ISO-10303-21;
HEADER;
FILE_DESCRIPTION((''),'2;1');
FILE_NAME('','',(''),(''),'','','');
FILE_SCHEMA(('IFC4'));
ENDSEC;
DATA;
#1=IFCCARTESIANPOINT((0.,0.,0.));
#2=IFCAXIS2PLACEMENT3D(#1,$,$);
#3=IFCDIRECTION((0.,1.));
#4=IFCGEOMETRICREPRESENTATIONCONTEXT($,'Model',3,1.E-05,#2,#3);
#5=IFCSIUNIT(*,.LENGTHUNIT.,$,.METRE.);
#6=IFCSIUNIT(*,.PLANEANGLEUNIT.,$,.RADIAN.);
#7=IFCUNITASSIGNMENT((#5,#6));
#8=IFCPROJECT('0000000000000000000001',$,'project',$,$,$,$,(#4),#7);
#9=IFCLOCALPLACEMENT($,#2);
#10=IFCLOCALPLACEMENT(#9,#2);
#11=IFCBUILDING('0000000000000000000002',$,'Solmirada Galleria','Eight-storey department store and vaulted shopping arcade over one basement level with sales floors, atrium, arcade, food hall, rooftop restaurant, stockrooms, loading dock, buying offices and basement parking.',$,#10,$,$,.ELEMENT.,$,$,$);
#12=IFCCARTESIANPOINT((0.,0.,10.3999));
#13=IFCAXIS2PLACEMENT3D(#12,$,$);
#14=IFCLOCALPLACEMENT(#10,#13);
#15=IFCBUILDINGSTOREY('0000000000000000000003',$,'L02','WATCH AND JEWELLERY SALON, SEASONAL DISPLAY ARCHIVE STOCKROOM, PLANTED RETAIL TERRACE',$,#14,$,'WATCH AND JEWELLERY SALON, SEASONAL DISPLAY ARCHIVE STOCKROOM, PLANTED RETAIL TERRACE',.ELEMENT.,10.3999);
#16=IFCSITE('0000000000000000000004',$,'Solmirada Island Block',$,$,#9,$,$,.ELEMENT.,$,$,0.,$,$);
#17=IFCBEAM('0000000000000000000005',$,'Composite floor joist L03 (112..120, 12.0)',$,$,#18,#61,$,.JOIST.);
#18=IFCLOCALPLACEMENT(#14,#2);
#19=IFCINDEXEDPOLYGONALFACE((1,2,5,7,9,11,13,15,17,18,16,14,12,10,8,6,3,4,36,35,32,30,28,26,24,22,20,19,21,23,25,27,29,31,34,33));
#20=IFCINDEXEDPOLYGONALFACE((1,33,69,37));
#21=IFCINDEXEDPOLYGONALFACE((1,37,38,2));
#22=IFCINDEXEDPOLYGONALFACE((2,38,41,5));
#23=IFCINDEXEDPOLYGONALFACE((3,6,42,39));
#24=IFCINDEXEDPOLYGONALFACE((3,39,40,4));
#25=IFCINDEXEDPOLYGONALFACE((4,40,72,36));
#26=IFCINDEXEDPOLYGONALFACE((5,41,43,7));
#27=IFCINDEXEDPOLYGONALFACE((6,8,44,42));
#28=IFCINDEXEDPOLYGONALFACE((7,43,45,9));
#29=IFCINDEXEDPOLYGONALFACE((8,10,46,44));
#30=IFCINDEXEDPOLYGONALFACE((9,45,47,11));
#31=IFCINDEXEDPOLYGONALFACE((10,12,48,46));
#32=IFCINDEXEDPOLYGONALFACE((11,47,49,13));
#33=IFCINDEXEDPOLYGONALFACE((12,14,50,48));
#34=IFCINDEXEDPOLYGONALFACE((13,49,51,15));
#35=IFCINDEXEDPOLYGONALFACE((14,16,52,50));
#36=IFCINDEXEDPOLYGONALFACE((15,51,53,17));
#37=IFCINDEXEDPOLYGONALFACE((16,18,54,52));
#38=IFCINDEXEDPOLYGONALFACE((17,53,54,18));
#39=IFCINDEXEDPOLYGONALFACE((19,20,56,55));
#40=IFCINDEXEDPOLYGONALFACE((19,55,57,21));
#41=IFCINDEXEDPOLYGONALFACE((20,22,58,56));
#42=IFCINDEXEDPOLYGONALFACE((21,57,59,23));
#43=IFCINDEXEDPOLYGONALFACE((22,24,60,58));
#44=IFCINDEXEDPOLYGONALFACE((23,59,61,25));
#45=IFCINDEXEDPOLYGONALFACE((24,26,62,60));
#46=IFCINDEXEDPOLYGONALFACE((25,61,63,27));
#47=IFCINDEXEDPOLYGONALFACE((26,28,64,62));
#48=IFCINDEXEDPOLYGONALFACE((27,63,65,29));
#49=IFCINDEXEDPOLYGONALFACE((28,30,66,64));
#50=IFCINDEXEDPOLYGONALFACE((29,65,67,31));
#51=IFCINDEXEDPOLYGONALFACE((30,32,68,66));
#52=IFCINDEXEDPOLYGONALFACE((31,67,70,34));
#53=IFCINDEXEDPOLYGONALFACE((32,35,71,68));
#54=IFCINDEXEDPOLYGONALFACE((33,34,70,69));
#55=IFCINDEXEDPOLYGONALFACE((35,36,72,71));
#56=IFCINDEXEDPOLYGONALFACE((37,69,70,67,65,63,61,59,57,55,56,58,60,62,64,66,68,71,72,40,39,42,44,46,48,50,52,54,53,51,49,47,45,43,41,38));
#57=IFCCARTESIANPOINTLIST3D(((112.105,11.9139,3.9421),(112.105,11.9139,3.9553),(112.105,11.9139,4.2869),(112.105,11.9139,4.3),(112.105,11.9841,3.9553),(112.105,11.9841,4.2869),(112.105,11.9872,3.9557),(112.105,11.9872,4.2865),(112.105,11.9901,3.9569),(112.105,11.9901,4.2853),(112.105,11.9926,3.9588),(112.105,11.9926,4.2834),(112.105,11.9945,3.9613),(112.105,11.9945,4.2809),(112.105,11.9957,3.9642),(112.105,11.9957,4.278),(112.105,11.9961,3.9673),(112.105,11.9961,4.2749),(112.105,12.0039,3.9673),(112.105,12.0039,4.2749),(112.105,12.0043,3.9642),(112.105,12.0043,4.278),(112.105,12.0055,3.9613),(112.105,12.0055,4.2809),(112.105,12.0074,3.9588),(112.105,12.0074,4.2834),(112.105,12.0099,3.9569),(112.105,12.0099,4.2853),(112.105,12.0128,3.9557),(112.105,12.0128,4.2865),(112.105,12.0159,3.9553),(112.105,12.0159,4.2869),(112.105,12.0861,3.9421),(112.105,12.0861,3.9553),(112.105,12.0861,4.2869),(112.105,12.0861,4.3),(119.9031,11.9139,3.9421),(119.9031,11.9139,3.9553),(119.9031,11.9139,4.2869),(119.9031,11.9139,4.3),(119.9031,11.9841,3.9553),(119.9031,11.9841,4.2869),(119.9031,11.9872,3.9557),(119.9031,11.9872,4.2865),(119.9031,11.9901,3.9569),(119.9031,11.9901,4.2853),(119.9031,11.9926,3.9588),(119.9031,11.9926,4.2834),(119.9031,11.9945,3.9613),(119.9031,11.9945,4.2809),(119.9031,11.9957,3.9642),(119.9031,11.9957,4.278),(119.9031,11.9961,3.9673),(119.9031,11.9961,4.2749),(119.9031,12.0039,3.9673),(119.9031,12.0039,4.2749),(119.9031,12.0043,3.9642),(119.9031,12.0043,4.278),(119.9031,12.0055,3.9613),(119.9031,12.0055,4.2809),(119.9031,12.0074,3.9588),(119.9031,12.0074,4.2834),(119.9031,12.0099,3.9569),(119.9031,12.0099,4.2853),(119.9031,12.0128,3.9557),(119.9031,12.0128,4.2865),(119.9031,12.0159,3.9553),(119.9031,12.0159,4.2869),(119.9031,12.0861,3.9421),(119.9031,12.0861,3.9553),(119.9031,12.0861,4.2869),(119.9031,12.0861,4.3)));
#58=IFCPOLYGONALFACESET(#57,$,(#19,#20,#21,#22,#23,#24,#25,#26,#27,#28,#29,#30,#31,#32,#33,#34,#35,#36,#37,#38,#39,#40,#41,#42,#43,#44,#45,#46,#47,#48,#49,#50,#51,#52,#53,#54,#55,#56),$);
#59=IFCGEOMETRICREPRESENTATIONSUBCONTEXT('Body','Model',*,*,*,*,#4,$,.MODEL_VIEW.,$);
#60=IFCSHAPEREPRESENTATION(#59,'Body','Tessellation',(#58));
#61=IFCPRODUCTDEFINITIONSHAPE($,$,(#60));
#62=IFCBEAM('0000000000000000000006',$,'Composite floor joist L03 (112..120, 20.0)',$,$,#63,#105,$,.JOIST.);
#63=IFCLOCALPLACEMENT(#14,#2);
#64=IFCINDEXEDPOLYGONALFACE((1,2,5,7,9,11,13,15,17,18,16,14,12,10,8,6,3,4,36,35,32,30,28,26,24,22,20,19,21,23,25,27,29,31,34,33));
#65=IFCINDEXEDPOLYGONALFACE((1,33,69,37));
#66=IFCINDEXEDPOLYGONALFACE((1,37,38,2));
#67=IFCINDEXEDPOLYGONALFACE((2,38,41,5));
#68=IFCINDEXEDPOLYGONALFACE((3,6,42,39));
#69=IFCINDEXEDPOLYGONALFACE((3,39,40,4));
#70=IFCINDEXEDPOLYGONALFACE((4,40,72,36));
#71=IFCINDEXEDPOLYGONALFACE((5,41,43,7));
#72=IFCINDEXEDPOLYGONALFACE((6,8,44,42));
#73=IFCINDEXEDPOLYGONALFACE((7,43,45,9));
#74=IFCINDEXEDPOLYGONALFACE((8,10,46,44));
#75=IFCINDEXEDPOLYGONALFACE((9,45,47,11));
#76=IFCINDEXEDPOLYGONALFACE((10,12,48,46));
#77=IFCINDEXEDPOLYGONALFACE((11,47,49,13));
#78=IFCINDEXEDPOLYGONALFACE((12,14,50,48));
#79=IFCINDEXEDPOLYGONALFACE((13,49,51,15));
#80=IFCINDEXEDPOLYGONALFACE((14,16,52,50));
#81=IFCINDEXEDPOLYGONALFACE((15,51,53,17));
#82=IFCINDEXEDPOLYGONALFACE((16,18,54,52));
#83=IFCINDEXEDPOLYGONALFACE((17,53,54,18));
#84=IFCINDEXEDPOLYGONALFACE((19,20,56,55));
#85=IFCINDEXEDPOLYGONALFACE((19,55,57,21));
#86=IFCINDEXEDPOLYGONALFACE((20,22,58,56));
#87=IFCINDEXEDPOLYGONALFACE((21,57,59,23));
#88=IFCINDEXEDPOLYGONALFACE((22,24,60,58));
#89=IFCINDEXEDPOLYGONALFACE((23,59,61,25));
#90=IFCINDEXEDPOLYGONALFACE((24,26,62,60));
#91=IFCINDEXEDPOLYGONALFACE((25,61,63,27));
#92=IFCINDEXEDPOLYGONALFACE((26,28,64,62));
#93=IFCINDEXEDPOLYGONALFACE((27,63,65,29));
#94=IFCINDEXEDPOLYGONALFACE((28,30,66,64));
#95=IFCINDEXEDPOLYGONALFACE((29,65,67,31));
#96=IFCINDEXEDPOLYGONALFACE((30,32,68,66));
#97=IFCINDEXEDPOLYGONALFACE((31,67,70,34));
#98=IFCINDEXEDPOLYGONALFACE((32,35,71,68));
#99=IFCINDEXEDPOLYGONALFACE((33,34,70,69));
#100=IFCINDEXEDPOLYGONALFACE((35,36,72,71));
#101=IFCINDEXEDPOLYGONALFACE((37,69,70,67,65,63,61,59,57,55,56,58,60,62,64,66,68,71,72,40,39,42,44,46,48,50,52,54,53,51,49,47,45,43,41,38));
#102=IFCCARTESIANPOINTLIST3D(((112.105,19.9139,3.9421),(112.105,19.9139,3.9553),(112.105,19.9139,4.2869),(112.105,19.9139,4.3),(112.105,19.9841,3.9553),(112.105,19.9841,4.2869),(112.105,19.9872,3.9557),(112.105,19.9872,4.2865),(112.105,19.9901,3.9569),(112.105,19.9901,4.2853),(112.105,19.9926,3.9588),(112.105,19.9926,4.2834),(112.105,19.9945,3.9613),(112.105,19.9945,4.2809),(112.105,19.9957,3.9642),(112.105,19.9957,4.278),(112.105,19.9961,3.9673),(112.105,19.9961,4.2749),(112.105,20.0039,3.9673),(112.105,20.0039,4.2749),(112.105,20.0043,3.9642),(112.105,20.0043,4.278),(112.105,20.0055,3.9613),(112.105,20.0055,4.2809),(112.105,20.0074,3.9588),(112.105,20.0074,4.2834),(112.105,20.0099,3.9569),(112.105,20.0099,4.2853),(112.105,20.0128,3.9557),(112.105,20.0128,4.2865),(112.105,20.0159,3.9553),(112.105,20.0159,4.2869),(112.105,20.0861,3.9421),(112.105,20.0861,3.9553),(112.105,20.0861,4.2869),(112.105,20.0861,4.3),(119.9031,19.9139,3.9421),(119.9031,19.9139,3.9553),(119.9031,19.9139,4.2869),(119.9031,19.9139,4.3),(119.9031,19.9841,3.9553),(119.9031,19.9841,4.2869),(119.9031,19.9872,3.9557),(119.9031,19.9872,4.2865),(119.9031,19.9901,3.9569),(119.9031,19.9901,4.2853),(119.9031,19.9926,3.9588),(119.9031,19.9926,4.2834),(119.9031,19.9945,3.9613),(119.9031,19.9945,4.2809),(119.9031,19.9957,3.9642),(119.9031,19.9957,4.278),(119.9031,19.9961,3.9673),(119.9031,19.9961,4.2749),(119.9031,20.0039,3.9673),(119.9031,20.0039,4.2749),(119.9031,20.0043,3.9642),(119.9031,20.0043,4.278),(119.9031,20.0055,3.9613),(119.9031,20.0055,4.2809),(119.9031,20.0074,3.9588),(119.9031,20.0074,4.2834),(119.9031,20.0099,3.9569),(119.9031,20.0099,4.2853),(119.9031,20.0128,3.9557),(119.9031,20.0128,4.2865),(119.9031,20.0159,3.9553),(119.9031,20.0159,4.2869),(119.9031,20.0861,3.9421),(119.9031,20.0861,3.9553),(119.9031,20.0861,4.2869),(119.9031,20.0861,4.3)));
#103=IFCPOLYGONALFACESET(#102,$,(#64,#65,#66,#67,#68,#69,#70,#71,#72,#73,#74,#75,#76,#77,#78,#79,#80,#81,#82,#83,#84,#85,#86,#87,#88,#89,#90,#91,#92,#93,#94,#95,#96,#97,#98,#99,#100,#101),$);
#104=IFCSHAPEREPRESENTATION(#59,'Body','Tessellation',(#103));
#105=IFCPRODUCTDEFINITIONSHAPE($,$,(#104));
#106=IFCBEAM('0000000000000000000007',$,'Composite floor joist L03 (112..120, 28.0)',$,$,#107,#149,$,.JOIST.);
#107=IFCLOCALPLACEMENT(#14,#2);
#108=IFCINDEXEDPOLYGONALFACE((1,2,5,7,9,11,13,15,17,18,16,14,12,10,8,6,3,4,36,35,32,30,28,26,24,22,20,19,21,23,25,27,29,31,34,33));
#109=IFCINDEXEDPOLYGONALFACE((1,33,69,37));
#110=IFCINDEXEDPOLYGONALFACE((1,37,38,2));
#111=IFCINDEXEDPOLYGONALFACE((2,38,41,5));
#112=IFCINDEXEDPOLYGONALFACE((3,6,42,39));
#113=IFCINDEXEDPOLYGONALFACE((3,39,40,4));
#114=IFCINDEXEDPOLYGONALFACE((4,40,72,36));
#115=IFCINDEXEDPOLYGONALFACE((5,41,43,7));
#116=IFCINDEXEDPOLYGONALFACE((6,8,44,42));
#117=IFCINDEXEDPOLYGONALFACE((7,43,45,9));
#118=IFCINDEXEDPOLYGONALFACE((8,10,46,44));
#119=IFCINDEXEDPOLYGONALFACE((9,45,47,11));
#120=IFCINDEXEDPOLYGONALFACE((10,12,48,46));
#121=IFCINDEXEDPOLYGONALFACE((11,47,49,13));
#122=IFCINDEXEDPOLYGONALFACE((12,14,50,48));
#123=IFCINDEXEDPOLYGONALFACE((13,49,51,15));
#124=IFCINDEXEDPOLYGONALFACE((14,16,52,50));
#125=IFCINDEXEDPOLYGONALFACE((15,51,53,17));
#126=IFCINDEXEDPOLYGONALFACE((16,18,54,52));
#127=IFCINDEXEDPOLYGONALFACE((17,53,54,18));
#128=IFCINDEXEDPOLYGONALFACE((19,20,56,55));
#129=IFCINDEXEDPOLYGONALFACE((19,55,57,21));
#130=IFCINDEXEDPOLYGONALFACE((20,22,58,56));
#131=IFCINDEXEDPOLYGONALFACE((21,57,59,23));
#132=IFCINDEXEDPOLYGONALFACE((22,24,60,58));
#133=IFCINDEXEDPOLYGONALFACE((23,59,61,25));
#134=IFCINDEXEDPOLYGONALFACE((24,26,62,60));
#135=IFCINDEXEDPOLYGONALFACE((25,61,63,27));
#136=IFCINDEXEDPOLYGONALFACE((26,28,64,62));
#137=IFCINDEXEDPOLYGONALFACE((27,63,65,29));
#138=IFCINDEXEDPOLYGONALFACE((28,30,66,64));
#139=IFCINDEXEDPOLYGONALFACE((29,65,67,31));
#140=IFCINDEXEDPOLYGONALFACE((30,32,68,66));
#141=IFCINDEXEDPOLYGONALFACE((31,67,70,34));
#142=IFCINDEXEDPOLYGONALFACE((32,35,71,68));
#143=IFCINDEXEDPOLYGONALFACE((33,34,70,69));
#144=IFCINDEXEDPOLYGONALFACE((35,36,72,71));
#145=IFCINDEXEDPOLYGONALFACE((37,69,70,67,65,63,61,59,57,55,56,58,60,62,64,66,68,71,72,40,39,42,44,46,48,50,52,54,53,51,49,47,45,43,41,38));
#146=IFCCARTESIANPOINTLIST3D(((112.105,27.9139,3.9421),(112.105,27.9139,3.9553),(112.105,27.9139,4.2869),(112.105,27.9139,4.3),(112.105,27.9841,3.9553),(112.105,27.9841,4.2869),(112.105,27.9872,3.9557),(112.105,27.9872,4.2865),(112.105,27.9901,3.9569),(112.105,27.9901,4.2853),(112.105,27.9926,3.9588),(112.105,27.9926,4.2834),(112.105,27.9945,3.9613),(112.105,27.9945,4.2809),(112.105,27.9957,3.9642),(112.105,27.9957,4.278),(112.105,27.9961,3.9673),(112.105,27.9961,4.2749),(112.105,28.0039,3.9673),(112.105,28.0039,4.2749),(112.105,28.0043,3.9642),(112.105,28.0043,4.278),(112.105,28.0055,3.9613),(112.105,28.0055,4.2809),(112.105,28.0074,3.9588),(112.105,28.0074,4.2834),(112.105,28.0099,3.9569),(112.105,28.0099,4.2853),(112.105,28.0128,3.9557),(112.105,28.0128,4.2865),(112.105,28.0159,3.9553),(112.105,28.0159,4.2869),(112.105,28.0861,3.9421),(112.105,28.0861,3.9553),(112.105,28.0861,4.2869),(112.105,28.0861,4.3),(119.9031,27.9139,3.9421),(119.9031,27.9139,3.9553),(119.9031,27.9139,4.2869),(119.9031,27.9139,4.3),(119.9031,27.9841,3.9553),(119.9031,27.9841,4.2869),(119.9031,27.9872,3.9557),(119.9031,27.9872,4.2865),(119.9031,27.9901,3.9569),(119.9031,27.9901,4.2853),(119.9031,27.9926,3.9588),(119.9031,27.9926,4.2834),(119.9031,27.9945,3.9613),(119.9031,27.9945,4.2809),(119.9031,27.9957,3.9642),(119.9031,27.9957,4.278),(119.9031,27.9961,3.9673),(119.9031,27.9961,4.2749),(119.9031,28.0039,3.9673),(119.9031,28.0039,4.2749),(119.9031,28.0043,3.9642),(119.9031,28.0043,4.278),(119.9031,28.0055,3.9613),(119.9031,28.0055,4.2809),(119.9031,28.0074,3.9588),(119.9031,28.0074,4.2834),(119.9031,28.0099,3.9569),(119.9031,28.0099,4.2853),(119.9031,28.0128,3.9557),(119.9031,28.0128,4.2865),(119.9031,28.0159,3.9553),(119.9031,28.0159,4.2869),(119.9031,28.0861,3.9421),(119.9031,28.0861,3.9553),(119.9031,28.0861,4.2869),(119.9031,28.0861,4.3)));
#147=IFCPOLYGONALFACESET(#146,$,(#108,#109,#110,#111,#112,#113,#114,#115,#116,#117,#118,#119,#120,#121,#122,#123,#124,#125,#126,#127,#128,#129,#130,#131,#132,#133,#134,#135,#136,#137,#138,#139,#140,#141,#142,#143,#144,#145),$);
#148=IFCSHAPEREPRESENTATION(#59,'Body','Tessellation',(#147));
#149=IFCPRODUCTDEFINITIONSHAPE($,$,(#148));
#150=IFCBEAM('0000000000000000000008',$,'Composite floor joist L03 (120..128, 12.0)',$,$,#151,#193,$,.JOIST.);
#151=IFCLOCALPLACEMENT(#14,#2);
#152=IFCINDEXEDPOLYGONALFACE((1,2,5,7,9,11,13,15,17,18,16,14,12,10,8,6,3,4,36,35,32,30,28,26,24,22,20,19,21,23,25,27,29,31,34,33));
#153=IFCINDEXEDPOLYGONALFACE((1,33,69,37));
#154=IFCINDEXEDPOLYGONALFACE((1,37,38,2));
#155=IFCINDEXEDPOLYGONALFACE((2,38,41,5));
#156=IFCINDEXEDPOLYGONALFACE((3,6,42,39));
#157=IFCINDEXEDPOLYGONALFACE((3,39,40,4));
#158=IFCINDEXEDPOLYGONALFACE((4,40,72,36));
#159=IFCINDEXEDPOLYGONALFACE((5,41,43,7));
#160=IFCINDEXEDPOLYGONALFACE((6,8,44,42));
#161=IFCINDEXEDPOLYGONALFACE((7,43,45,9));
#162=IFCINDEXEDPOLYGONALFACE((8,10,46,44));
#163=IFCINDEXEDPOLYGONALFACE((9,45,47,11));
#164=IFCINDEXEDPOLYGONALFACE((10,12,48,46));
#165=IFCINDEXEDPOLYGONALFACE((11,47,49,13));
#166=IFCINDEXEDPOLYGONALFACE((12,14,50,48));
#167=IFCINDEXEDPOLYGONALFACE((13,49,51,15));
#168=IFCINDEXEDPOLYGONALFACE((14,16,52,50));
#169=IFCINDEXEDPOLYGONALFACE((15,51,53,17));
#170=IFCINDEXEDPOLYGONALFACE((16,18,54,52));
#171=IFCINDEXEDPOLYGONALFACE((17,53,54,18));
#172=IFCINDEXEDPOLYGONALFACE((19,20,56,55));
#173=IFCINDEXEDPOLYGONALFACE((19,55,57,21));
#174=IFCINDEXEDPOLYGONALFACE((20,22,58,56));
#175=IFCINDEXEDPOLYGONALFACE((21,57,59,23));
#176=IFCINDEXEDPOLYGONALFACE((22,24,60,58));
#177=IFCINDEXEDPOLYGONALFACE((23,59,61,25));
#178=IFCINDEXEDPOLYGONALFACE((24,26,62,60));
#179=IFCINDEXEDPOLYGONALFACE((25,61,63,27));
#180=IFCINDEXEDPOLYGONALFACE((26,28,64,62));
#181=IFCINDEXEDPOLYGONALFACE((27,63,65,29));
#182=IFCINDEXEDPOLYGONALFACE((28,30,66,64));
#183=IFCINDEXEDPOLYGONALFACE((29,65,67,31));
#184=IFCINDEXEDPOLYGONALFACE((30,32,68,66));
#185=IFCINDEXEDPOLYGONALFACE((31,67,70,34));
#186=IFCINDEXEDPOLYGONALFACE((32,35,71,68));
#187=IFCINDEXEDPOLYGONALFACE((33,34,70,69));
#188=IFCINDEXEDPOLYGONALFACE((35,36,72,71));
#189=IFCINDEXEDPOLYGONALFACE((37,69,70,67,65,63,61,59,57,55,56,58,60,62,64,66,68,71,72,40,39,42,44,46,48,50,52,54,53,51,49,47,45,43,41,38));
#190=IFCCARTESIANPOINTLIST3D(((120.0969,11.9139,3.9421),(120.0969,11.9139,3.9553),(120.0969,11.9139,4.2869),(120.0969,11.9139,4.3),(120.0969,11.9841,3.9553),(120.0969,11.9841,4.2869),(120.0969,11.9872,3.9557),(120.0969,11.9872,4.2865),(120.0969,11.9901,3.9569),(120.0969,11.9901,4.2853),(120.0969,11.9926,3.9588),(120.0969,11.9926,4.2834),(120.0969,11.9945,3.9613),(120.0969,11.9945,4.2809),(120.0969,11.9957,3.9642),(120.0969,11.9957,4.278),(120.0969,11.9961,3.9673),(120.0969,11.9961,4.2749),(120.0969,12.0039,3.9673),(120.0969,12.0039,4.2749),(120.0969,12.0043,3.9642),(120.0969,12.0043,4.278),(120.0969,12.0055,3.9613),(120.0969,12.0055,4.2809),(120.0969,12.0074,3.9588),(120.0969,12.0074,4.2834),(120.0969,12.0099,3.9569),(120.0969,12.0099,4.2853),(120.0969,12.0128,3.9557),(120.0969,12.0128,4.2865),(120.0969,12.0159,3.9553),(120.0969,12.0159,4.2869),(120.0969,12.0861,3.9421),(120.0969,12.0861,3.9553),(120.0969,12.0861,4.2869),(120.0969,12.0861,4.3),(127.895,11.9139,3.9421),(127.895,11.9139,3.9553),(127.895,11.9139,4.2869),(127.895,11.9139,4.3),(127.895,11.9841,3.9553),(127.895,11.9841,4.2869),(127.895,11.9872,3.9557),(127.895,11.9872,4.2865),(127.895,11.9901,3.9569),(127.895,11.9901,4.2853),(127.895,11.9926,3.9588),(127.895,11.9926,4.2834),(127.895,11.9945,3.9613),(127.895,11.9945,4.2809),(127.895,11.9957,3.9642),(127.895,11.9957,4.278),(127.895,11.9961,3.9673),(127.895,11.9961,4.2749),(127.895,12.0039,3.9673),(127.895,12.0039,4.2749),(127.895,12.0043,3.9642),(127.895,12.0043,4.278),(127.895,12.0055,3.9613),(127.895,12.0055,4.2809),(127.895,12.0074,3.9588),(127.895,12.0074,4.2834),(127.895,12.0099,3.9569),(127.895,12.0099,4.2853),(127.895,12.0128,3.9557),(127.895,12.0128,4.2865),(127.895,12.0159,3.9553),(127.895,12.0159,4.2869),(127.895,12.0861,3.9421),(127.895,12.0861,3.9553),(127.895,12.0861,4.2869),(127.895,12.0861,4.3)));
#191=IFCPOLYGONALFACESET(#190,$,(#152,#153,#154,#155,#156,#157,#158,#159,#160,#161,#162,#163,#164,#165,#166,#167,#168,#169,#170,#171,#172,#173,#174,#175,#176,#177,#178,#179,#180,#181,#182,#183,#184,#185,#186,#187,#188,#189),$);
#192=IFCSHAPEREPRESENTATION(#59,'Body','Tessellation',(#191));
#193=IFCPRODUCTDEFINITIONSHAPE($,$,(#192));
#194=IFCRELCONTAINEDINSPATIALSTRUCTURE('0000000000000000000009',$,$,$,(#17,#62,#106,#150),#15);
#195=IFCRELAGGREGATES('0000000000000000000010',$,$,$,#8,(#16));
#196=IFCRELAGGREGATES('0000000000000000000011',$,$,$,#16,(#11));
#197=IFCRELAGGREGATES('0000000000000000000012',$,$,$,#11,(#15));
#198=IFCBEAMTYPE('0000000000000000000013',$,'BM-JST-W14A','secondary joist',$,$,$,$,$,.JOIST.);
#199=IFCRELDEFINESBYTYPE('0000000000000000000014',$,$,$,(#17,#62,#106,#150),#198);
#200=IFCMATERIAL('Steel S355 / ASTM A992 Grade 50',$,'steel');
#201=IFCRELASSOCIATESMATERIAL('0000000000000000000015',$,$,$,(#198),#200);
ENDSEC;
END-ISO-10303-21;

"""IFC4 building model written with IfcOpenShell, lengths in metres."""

from ifc_helpers import new_model, si_unit, direction, frame, origin, origin_2d, place, context, subcontext, project, spatial, i_section, extrude, material, material_profile, profile_set, type_object, element, save


model = new_model("IFC4")

# Units and contexts
model_context = context("Model", 3, precision=1e-05, world=origin(), true_north=direction((0.0, 1.0)))
body_context = subcontext(model_context, "Body", "Model", "MODEL_VIEW")
ifc_project = project(units=[si_unit("LENGTHUNIT", "METRE"), si_unit("PLANEANGLEUNIT", "RADIAN")], contexts=[model_context])

# Site, building, storey
site_placement = place(None, origin())
site = spatial("IfcSite", under=ifc_project, at=site_placement, Name="Solmirada Island Block", CompositionType="ELEMENT", RefElevation=0.0)
building_placement = place(site_placement, origin())
building = spatial("IfcBuilding", under=site, at=building_placement, Name="Solmirada Galleria", Description="Eight-storey department store and vaulted shopping arcade over one basement level with sales floors, atrium, arcade, food hall, rooftop restaurant, stockrooms, loading dock, buying offices and basement parking.", CompositionType="ELEMENT")
storey_placement = place(building_placement, frame((0.0, 0.0, 10.3999)))
storey = spatial("IfcBuildingStorey", under=building, at=storey_placement, Name="L02", Description="WATCH AND JEWELLERY SALON, SEASONAL DISPLAY ARCHIVE STOCKROOM, PLANTED RETAIL TERRACE", LongName="WATCH AND JEWELLERY SALON, SEASONAL DISPLAY ARCHIVE STOCKROOM, PLANTED RETAIL TERRACE", CompositionType="ELEMENT", Elevation=10.3999)

# Beams
ifc_material_1 = material(Name="Steel S355 / ASTM A992 Grade 50", Category="steel")
ifc_material_profile_1 = material_profile(ifc_material_1, i_section(OverallWidth=0.1721, OverallDepth=0.3579, WebThickness=0.0078, FlangeThickness=0.0132, FilletRadius=0.012, at=origin_2d()), Name="W14X38")
ifc_profile_set_1 = profile_set([ifc_material_profile_1], Name="Steel S355 / ASTM A992 Grade 50")
beam_type_1 = type_object("IfcBeamType", Name="BM-JST-W14A", Description="secondary joist", PredefinedType="JOIST", material=ifc_profile_set_1)
for number, where, z_axis, x_axis, name in (
    (1, (112.105, 12.0, 4.1211), (1.0, 0.0, 0.0), (0.0, 1.0, 0.0), "Composite floor joist L03 (112..120, 12.0)"),
    (2, (112.105, 20.0, 4.1211), (1.0, 0.0, 0.0), (0.0, 1.0, 0.0), "Composite floor joist L03 (112..120, 20.0)"),
    (3, (112.105, 28.0, 4.1211), (1.0, 0.0, 0.0), (0.0, 1.0, 0.0), "Composite floor joist L03 (112..120, 28.0)"),
    (4, (120.0969, 12.0, 4.1211), (1.0, 0.0, 0.0), (0.0, 1.0, 0.0), "Composite floor joist L03 (120..128, 12.0)"),
):
    element("IfcBeam", number, at=place(storey_placement, frame(where, z_axis=z_axis, x_axis=x_axis)), inside=storey, type_object=beam_type_1, Name=name, PredefinedType="JOIST", context=body_context, shape_type="SweptSolid", body=[
        extrude(i_section(OverallWidth=0.1721, OverallDepth=0.3579, WebThickness=0.0078, FlangeThickness=0.0132, FilletRadius=0.012, at=origin_2d()), origin(), (0.0, 0.0, 1.0), 7.7981),
    ])

save(model, "model.ifc")
